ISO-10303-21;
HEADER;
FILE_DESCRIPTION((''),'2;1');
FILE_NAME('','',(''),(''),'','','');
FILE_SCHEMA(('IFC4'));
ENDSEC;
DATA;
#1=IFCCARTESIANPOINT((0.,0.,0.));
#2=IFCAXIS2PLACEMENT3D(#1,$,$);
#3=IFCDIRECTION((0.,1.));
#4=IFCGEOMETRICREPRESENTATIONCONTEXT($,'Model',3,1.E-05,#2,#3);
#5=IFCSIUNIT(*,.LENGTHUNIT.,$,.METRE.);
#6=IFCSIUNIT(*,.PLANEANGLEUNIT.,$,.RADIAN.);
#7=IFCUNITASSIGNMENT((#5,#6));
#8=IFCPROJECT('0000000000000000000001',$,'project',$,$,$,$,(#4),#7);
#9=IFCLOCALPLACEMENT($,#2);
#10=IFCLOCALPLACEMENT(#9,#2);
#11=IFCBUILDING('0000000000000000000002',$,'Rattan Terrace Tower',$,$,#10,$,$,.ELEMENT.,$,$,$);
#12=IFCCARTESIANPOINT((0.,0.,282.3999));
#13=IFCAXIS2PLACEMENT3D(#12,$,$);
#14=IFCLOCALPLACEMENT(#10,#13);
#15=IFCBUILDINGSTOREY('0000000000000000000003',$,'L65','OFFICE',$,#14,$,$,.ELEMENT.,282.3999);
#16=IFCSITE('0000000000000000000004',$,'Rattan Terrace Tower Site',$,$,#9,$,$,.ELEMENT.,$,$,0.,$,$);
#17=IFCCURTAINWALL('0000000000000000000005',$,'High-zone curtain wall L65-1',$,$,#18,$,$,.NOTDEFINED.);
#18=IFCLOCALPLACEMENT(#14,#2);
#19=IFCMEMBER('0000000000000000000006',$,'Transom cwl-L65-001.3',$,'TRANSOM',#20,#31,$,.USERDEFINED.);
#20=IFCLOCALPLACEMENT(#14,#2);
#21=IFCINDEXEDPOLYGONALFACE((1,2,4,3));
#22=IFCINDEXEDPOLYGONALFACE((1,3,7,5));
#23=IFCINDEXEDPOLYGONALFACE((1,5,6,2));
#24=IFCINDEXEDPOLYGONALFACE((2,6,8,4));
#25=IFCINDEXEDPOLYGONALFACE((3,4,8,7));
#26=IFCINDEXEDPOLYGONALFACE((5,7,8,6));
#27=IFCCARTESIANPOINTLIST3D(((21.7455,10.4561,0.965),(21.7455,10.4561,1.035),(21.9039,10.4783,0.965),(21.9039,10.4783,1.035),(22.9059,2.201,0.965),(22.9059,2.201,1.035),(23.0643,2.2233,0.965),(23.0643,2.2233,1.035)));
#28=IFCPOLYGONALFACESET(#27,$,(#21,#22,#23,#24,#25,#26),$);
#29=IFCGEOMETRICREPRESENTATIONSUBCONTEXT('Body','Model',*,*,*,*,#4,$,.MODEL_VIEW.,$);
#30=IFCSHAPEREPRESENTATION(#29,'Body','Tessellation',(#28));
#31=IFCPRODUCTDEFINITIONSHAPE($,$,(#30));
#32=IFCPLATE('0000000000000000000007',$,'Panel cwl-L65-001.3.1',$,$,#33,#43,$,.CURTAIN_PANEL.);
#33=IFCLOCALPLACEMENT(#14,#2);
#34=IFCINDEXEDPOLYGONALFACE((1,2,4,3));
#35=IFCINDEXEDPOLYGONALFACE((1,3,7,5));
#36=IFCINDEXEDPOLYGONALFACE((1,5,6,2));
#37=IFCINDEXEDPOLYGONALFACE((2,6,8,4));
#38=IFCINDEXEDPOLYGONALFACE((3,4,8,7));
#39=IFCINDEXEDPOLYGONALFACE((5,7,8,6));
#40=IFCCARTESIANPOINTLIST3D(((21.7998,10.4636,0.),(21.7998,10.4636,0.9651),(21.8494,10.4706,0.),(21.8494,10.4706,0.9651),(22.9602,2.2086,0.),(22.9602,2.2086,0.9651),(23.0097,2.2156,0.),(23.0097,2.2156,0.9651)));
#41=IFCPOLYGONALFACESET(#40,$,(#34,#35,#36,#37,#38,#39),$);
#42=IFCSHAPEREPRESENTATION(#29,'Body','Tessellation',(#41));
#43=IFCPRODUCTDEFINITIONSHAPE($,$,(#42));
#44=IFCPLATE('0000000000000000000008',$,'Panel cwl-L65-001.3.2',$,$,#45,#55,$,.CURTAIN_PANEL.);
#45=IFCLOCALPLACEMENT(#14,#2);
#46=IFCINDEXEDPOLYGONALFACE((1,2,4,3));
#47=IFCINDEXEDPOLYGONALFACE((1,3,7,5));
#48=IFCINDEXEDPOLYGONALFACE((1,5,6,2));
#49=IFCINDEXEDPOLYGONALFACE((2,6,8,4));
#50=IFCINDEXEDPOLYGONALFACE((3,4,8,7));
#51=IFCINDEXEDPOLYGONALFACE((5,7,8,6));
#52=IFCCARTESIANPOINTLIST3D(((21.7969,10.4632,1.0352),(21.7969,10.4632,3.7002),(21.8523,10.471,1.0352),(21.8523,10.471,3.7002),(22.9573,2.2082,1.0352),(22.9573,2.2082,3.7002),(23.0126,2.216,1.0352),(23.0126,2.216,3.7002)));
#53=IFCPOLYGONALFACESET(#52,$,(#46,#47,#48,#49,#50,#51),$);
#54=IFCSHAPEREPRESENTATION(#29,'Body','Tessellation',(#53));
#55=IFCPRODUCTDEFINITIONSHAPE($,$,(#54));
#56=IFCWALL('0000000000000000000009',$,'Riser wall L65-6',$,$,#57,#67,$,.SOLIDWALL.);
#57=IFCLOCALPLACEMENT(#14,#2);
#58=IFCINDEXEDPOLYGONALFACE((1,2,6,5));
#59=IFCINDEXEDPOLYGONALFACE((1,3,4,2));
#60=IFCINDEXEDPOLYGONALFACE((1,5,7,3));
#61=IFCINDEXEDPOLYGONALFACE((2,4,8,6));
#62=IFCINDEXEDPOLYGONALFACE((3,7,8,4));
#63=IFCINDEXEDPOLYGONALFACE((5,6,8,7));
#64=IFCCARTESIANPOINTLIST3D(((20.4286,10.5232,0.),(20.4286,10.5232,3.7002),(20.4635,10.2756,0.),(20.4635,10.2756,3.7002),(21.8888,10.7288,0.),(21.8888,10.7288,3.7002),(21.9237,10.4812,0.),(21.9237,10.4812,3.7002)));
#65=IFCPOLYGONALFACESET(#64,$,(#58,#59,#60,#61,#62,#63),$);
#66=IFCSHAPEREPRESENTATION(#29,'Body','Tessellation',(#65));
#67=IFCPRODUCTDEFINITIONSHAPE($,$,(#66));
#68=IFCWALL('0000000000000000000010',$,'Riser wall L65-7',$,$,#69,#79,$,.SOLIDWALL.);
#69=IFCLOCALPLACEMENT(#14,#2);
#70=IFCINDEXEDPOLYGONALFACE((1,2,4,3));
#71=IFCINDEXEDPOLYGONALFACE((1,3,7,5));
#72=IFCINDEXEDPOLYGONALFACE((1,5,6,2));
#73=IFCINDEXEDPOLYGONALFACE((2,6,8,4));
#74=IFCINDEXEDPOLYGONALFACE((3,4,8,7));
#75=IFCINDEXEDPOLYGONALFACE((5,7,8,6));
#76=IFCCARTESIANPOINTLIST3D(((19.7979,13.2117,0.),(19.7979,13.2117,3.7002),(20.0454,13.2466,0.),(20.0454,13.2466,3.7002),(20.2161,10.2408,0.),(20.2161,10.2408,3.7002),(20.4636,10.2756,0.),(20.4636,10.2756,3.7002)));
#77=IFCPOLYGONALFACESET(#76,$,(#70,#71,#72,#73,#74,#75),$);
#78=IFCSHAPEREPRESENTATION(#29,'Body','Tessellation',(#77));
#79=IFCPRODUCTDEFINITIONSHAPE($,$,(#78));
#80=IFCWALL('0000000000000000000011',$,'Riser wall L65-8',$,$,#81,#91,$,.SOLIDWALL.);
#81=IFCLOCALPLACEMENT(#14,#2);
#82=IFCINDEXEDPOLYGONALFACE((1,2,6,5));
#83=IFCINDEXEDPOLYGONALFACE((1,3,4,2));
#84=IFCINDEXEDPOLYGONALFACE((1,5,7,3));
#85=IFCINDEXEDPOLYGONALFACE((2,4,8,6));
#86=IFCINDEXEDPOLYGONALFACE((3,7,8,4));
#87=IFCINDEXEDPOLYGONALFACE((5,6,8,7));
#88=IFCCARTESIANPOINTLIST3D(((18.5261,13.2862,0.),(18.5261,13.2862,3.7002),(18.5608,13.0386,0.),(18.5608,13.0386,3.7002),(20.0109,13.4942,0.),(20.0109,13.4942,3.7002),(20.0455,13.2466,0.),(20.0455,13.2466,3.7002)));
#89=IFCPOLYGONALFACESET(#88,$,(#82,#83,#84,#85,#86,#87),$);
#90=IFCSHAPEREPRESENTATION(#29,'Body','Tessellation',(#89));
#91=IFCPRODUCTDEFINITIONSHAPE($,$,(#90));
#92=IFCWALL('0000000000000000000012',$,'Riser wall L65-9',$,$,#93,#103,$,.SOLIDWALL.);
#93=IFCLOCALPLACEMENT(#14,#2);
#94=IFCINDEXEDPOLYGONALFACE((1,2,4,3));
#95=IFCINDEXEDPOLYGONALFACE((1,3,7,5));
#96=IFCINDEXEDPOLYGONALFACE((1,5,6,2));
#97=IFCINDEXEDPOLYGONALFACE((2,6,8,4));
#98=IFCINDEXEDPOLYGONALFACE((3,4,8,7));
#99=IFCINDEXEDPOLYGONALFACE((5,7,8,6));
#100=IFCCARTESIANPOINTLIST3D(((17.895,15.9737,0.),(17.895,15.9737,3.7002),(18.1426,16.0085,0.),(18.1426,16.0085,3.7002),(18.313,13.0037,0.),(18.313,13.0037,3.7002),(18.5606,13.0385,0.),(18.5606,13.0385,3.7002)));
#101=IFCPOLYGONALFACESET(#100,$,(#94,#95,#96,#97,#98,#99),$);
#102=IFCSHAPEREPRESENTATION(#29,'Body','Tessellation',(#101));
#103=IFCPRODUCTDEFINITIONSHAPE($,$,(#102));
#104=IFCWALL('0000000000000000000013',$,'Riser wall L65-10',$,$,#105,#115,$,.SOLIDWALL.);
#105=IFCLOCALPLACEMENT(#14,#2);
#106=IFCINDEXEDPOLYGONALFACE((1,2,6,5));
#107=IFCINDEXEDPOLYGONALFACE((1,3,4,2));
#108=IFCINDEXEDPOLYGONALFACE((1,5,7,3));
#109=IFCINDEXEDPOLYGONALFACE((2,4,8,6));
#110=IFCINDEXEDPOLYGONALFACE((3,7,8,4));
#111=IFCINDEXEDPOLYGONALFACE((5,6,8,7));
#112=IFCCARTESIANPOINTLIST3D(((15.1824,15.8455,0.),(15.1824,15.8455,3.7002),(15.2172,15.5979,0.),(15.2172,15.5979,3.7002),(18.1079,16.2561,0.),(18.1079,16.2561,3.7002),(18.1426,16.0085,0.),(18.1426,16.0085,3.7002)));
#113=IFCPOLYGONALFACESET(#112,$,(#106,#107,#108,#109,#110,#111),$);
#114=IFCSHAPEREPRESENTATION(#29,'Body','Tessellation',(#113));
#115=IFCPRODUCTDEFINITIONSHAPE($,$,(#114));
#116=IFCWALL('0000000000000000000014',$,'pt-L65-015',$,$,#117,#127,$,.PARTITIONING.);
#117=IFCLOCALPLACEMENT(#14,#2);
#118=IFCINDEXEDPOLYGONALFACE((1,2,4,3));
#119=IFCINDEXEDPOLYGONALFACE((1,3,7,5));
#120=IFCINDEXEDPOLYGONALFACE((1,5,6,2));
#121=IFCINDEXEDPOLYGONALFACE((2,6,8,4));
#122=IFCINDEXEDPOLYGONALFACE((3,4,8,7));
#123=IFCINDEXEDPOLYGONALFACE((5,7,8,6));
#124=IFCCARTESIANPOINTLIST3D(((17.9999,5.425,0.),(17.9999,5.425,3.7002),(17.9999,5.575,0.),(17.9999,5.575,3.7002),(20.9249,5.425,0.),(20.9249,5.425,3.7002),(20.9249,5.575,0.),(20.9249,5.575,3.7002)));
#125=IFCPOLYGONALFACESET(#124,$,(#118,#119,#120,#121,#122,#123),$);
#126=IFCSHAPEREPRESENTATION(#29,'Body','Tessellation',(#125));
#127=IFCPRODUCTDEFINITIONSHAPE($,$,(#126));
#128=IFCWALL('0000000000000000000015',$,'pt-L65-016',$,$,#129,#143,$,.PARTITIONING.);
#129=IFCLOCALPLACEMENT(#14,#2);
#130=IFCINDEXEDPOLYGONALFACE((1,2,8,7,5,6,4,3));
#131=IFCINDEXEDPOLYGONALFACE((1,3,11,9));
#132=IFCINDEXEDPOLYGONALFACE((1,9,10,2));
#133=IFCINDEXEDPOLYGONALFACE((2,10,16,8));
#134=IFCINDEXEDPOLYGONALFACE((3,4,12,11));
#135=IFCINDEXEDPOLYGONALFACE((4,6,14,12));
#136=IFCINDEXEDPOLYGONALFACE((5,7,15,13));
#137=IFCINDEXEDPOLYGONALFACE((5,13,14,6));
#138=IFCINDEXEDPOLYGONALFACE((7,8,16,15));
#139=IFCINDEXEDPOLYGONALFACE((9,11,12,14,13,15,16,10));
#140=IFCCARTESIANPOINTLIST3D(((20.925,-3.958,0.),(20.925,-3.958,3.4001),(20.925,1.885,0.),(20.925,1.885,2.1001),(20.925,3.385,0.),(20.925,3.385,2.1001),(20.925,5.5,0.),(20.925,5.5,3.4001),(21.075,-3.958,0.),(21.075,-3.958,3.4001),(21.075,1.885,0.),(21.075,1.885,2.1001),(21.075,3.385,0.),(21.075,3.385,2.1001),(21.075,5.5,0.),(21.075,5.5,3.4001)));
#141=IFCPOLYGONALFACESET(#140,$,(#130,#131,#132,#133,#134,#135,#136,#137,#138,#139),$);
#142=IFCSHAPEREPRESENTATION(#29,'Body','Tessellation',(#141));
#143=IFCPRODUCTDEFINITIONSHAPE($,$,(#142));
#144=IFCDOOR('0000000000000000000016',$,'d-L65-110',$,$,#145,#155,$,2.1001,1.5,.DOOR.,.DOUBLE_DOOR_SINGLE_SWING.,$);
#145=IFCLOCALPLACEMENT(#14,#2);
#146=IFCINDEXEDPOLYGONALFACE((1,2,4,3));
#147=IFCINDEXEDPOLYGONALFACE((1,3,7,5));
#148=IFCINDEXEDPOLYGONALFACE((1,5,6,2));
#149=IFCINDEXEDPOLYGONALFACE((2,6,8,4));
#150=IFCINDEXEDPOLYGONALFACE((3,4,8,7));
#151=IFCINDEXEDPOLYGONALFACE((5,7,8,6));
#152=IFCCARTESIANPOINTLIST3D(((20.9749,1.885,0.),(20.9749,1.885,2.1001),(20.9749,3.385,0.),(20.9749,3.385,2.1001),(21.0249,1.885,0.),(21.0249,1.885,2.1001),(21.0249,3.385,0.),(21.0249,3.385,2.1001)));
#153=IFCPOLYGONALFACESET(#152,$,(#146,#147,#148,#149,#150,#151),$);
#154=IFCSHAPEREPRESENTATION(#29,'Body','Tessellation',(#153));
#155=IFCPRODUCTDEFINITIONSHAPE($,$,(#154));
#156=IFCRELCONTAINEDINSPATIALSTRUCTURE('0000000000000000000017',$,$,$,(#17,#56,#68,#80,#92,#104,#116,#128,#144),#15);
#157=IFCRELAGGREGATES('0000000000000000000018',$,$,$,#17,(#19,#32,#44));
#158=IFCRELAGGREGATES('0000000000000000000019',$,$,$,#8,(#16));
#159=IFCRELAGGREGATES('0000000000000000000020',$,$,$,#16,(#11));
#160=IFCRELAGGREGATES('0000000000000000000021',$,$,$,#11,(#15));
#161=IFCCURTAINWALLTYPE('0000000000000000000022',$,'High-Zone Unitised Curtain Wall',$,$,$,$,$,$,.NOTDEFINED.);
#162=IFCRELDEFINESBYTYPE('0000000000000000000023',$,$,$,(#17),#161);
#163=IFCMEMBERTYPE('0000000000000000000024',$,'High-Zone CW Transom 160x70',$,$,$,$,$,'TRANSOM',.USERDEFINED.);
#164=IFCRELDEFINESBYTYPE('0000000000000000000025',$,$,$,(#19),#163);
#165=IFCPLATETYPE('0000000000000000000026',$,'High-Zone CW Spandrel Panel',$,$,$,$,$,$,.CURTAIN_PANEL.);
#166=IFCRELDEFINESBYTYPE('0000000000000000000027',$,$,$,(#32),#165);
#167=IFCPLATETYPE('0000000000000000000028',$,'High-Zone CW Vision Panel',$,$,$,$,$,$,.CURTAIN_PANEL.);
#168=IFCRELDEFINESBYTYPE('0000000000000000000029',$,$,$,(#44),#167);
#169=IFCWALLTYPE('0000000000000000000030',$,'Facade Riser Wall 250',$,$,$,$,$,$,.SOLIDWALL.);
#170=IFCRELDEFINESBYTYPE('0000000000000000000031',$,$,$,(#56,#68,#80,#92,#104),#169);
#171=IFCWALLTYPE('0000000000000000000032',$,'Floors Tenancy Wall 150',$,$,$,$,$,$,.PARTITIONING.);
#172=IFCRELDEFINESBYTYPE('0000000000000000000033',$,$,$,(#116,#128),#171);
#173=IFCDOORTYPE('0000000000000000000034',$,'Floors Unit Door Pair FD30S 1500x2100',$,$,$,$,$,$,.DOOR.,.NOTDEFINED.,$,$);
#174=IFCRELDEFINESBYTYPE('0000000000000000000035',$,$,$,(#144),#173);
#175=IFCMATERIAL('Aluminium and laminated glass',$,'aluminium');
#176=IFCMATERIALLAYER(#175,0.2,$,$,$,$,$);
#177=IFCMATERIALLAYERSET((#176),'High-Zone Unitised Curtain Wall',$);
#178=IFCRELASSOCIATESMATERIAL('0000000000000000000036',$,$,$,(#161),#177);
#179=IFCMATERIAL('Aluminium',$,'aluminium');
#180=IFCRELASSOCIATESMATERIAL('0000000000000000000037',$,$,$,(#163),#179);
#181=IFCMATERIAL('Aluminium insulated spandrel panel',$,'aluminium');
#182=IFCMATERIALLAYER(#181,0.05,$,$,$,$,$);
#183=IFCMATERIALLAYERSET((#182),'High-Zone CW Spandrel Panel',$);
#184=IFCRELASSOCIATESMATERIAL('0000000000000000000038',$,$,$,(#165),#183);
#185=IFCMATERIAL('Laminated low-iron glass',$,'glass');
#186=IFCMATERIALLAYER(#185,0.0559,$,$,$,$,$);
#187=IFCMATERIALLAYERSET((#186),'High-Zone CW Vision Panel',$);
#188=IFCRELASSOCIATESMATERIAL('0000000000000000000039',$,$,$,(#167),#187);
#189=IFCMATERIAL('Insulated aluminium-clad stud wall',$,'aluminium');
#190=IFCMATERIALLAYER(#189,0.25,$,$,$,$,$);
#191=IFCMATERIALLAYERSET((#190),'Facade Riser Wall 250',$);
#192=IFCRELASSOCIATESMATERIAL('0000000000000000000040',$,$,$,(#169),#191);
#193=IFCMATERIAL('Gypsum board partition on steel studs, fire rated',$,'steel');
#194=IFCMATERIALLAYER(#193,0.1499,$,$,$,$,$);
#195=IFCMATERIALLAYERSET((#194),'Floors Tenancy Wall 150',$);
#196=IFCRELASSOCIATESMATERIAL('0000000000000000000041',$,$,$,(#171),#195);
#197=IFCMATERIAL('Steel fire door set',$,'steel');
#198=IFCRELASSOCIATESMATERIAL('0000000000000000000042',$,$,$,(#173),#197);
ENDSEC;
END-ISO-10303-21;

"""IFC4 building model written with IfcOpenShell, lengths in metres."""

from ifc_helpers import new_model, si_unit, direction, frame, frame_2d, origin, origin_2d, place, context, subcontext, project, spatial, rectangle, extrude, material, layer, layer_set, material_profile, profile_set, type_object, element, fill, aggregate, save


model = new_model("IFC4")

# Units and contexts
model_context = context("Model", 3, precision=1e-05, world=origin(), true_north=direction((0.0, 1.0)))
body_context = subcontext(model_context, "Body", "Model", "MODEL_VIEW")
ifc_project = project(units=[si_unit("LENGTHUNIT", "METRE"), si_unit("PLANEANGLEUNIT", "RADIAN")], contexts=[model_context])

# Site, building, storey
site_placement = place(None, origin())
site = spatial("IfcSite", under=ifc_project, at=site_placement, Name="Rattan Terrace Tower Site", CompositionType="ELEMENT", RefElevation=0.0)
building_placement = place(site_placement, origin())
building = spatial("IfcBuilding", under=site, at=building_placement, Name="Rattan Terrace Tower", CompositionType="ELEMENT")
storey_placement = place(building_placement, frame((0.0, 0.0, 282.3999)))
storey = spatial("IfcBuildingStorey", under=building, at=storey_placement, Name="L65", Description="OFFICE", CompositionType="ELEMENT", Elevation=282.3999)

# Curtain wall
ifc_material_1 = material(Name="Aluminium and laminated glass", Category="aluminium")
ifc_layer_1 = layer(ifc_material_1, 0.2)
ifc_layer_set_1 = layer_set([ifc_layer_1], Name="High-Zone Unitised Curtain Wall")
curtain_wall_type = type_object("IfcCurtainWallType", Name="High-Zone Unitised Curtain Wall", PredefinedType="NOTDEFINED", material=ifc_layer_set_1)
curtain_wall_1_placement = place(storey_placement, origin())
curtain_wall_1 = element("IfcCurtainWall", 1, at=curtain_wall_1_placement, inside=storey, type_object=curtain_wall_type, Name="High-zone curtain wall L65-1", PredefinedType="NOTDEFINED")

# Member
ifc_material_2 = material(Name="Aluminium", Category="aluminium")
ifc_material_profile_1 = material_profile(ifc_material_2, rectangle(XDim=0.1599, YDim=0.0701, at=origin_2d()), Name="Aluminium 160x70")
ifc_profile_set_1 = profile_set([ifc_material_profile_1], Name="Aluminium")
member_type_1 = type_object("IfcMemberType", Name="High-Zone CW Transom 160x70", ElementType="TRANSOM", PredefinedType="USERDEFINED", material=ifc_profile_set_1)
member_1_placement = place(storey_placement, frame((22.9851, 2.2122, 1.0), z_axis=(-0.139199, 0.990264, 0.0), x_axis=(-0.990264, -0.139199, 0.0)))
member_1 = element("IfcMember", 2, at=member_1_placement, type_object=member_type_1, Name="Transom cwl-L65-001.3", ObjectType="TRANSOM", PredefinedType="USERDEFINED", context=body_context, shape_type="SweptSolid", body=[
    extrude(rectangle(XDim=0.1599, YDim=0.0701, at=origin_2d()), origin(), (0.0, 0.0, 1.0), 8.3362),
])

# Plates
ifc_material_3 = material(Name="Aluminium insulated spandrel panel", Category="aluminium")
ifc_layer_2 = layer(ifc_material_3, 0.05)
ifc_layer_set_2 = layer_set([ifc_layer_2], Name="High-Zone CW Spandrel Panel")
plate_type_1 = type_object("IfcPlateType", Name="High-Zone CW Spandrel Panel", PredefinedType="CURTAIN_PANEL", material=ifc_layer_set_2)
plate_1_placement = place(storey_placement, frame((22.4048, 6.3396, 0.0), z_axis=(0.0, 0.0, 1.0), x_axis=(-0.139192, 0.990265, 0.0)))
plate_1 = element("IfcPlate", 3, at=plate_1_placement, type_object=plate_type_1, Name="Panel cwl-L65-001.3.1", PredefinedType="CURTAIN_PANEL", context=body_context, shape_type="SweptSolid", body=[
    extrude(rectangle(XDim=8.3362, YDim=0.05, at=origin_2d()), origin(), (0.0, 0.0, 1.0), 0.9651),
])
ifc_material_4 = material(Name="Laminated low-iron glass", Category="glass")
ifc_layer_3 = layer(ifc_material_4, 0.0559)
ifc_layer_set_3 = layer_set([ifc_layer_3], Name="High-Zone CW Vision Panel")
plate_type_2 = type_object("IfcPlateType", Name="High-Zone CW Vision Panel", PredefinedType="CURTAIN_PANEL", material=ifc_layer_set_3)
plate_2_placement = place(storey_placement, frame((22.4048, 6.3396, 1.0352), z_axis=(0.0, 0.0, 1.0), x_axis=(-0.139192, 0.990265, 0.0)))
plate_2 = element("IfcPlate", 4, at=plate_2_placement, type_object=plate_type_2, Name="Panel cwl-L65-001.3.2", PredefinedType="CURTAIN_PANEL", context=body_context, shape_type="SweptSolid", body=[
    extrude(rectangle(XDim=8.3362, YDim=0.0559, at=origin_2d()), origin(), (0.0, 0.0, 1.0), 2.665),
])
aggregate(curtain_wall_1, [member_1, plate_1, plate_2])

# Walls
ifc_material_5 = material(Name="Insulated aluminium-clad stud wall", Category="aluminium")
ifc_layer_4 = layer(ifc_material_5, 0.25)
ifc_layer_set_4 = layer_set([ifc_layer_4], Name="Facade Riser Wall 250")
wall_type_1 = type_object("IfcWallType", Name="Facade Riser Wall 250", PredefinedType="SOLIDWALL", material=ifc_layer_set_4)
wall_1_placement = place(storey_placement, frame((21.9062, 10.605, 0.0), z_axis=(0.0, 0.0, 1.0), x_axis=(-0.990236, -0.139404, 0.0)))
element("IfcWall", 5, at=wall_1_placement, inside=storey, type_object=wall_type_1, Name="Riser wall L65-6", PredefinedType="SOLIDWALL", context=body_context, shape_type="SweptSolid", body=[
    extrude(rectangle(XDim=1.4746, YDim=0.25, at=frame_2d((0.7373, 0.0))), origin(), (0.0, 0.0, 1.0), 3.7002),
])
wall_2_placement = place(storey_placement, frame((20.3398, 10.2583, 0.0), z_axis=(0.0, 0.0, 1.0), x_axis=(-0.139393, 0.990237, 0.0)))
element("IfcWall", 6, at=wall_2_placement, inside=storey, type_object=wall_type_1, Name="Riser wall L65-7", PredefinedType="SOLIDWALL", context=body_context, shape_type="SweptSolid", body=[
    extrude(rectangle(XDim=3.0002, YDim=0.25, at=frame_2d((1.5, 0.0))), origin(), (0.0, 0.0, 1.0), 3.7002),
])
wall_3_placement = place(storey_placement, frame((20.0281, 13.3704, 0.0), z_axis=(0.0, 0.0, 1.0), x_axis=(-0.99033, -0.138731, 0.0)))
element("IfcWall", 7, at=wall_3_placement, inside=storey, type_object=wall_type_1, Name="Riser wall L65-8", PredefinedType="SOLIDWALL", context=body_context, shape_type="SweptSolid", body=[
    extrude(rectangle(XDim=1.4993, YDim=0.25, at=frame_2d((0.7495, 0.0))), origin(), (0.0, 0.0, 1.0), 3.7002),
])
wall_4_placement = place(storey_placement, frame((18.4368, 13.0212, 0.0), z_axis=(0.0, 0.0, 1.0), x_axis=(-0.139358, 0.990242, 0.0)))
element("IfcWall", 8, at=wall_4_placement, inside=storey, type_object=wall_type_1, Name="Riser wall L65-9", PredefinedType="SOLIDWALL", context=body_context, shape_type="SweptSolid", body=[
    extrude(rectangle(XDim=2.9993, YDim=0.25, at=frame_2d((1.4995, 0.0))), origin(), (0.0, 0.0, 1.0), 3.7002),
])
wall_5_placement = place(storey_placement, frame((18.1252, 16.1323, 0.0), z_axis=(0.0, 0.0, 1.0), x_axis=(-0.990292, -0.139003, 0.0)))
element("IfcWall", 9, at=wall_5_placement, inside=storey, type_object=wall_type_1, Name="Riser wall L65-10", PredefinedType="SOLIDWALL", context=body_context, shape_type="SweptSolid", body=[
    extrude(rectangle(XDim=2.9541, YDim=0.25, at=frame_2d((1.4771, 0.0))), origin(), (0.0, 0.0, 1.0), 3.7002),
])
ifc_material_6 = material(Name="Gypsum board partition on steel studs, fire rated", Category="steel")
ifc_layer_5 = layer(ifc_material_6, 0.1499)
ifc_layer_set_5 = layer_set([ifc_layer_5], Name="Floors Tenancy Wall 150")
wall_type_2 = type_object("IfcWallType", Name="Floors Tenancy Wall 150", PredefinedType="PARTITIONING", material=ifc_layer_set_5)
wall_6_placement = place(storey_placement, frame((18.0, 5.5, 0.0), z_axis=(0.0, 0.0, 1.0), x_axis=(1.0, 0.0, 0.0)))
element("IfcWall", 10, at=wall_6_placement, inside=storey, type_object=wall_type_2, Name="pt-L65-015", PredefinedType="PARTITIONING", context=body_context, shape_type="SweptSolid", body=[
    extrude(rectangle(XDim=2.925, YDim=0.1499, at=frame_2d((1.4624, 0.0))), origin(), (0.0, 0.0, 1.0), 3.7002),
])

# Wall, opening, door
wall_7_placement = place(storey_placement, frame((21.0, 5.5, 0.0), z_axis=(0.0, 0.0, 1.0), x_axis=(0.0, -1.0, 0.0)))
wall_7 = element("IfcWall", 11, at=wall_7_placement, inside=storey, type_object=wall_type_2, Name="pt-L65-016", PredefinedType="PARTITIONING", context=body_context, shape_type="SweptSolid", body=[
    extrude(rectangle(XDim=9.458, YDim=0.1499, at=frame_2d((4.729, 0.0))), origin(), (0.0, 0.0, 1.0), 3.4001),
])
opening_placement = place(wall_7_placement, frame((2.115, 0.0, 0.0)))
opening = element("IfcOpeningElement", 12, at=opening_placement, cuts=wall_7, PredefinedType="OPENING", context=body_context, shape_type="SweptSolid", body=[
    extrude(rectangle(XDim=1.5, YDim=2.1001, at=frame_2d((0.75, 1.05))), frame((0.0, 0.0854, 0.0), z_axis=(0.0, -1.0, 0.0), x_axis=(1.0, 0.0, 0.0)), (0.0, 0.0, 1.0), 0.1709),
])
ifc_material_7 = material(Name="Steel fire door set", Category="steel")
door_type = type_object("IfcDoorType", Name="Floors Unit Door Pair FD30S 1500x2100", OperationType="NOTDEFINED", PredefinedType="DOOR", material=ifc_material_7)
door_placement = place(opening_placement, origin())
door = element("IfcDoor", 13, at=door_placement, inside=storey, type_object=door_type, Name="d-L65-110", OperationType="DOUBLE_DOOR_SINGLE_SWING", OverallHeight=2.1001, OverallWidth=1.5, PredefinedType="DOOR", context=body_context, shape_type="SweptSolid", body=[
    extrude(rectangle(XDim=1.5, YDim=2.1001, at=frame_2d((0.75, 1.05))), frame((0.0, 0.0249, 0.0), z_axis=(0.0, -1.0, 0.0), x_axis=(1.0, 0.0, 0.0)), (0.0, 0.0, 1.0), 0.05),
])
fill(opening, door)

save(model, "model.ifc")
